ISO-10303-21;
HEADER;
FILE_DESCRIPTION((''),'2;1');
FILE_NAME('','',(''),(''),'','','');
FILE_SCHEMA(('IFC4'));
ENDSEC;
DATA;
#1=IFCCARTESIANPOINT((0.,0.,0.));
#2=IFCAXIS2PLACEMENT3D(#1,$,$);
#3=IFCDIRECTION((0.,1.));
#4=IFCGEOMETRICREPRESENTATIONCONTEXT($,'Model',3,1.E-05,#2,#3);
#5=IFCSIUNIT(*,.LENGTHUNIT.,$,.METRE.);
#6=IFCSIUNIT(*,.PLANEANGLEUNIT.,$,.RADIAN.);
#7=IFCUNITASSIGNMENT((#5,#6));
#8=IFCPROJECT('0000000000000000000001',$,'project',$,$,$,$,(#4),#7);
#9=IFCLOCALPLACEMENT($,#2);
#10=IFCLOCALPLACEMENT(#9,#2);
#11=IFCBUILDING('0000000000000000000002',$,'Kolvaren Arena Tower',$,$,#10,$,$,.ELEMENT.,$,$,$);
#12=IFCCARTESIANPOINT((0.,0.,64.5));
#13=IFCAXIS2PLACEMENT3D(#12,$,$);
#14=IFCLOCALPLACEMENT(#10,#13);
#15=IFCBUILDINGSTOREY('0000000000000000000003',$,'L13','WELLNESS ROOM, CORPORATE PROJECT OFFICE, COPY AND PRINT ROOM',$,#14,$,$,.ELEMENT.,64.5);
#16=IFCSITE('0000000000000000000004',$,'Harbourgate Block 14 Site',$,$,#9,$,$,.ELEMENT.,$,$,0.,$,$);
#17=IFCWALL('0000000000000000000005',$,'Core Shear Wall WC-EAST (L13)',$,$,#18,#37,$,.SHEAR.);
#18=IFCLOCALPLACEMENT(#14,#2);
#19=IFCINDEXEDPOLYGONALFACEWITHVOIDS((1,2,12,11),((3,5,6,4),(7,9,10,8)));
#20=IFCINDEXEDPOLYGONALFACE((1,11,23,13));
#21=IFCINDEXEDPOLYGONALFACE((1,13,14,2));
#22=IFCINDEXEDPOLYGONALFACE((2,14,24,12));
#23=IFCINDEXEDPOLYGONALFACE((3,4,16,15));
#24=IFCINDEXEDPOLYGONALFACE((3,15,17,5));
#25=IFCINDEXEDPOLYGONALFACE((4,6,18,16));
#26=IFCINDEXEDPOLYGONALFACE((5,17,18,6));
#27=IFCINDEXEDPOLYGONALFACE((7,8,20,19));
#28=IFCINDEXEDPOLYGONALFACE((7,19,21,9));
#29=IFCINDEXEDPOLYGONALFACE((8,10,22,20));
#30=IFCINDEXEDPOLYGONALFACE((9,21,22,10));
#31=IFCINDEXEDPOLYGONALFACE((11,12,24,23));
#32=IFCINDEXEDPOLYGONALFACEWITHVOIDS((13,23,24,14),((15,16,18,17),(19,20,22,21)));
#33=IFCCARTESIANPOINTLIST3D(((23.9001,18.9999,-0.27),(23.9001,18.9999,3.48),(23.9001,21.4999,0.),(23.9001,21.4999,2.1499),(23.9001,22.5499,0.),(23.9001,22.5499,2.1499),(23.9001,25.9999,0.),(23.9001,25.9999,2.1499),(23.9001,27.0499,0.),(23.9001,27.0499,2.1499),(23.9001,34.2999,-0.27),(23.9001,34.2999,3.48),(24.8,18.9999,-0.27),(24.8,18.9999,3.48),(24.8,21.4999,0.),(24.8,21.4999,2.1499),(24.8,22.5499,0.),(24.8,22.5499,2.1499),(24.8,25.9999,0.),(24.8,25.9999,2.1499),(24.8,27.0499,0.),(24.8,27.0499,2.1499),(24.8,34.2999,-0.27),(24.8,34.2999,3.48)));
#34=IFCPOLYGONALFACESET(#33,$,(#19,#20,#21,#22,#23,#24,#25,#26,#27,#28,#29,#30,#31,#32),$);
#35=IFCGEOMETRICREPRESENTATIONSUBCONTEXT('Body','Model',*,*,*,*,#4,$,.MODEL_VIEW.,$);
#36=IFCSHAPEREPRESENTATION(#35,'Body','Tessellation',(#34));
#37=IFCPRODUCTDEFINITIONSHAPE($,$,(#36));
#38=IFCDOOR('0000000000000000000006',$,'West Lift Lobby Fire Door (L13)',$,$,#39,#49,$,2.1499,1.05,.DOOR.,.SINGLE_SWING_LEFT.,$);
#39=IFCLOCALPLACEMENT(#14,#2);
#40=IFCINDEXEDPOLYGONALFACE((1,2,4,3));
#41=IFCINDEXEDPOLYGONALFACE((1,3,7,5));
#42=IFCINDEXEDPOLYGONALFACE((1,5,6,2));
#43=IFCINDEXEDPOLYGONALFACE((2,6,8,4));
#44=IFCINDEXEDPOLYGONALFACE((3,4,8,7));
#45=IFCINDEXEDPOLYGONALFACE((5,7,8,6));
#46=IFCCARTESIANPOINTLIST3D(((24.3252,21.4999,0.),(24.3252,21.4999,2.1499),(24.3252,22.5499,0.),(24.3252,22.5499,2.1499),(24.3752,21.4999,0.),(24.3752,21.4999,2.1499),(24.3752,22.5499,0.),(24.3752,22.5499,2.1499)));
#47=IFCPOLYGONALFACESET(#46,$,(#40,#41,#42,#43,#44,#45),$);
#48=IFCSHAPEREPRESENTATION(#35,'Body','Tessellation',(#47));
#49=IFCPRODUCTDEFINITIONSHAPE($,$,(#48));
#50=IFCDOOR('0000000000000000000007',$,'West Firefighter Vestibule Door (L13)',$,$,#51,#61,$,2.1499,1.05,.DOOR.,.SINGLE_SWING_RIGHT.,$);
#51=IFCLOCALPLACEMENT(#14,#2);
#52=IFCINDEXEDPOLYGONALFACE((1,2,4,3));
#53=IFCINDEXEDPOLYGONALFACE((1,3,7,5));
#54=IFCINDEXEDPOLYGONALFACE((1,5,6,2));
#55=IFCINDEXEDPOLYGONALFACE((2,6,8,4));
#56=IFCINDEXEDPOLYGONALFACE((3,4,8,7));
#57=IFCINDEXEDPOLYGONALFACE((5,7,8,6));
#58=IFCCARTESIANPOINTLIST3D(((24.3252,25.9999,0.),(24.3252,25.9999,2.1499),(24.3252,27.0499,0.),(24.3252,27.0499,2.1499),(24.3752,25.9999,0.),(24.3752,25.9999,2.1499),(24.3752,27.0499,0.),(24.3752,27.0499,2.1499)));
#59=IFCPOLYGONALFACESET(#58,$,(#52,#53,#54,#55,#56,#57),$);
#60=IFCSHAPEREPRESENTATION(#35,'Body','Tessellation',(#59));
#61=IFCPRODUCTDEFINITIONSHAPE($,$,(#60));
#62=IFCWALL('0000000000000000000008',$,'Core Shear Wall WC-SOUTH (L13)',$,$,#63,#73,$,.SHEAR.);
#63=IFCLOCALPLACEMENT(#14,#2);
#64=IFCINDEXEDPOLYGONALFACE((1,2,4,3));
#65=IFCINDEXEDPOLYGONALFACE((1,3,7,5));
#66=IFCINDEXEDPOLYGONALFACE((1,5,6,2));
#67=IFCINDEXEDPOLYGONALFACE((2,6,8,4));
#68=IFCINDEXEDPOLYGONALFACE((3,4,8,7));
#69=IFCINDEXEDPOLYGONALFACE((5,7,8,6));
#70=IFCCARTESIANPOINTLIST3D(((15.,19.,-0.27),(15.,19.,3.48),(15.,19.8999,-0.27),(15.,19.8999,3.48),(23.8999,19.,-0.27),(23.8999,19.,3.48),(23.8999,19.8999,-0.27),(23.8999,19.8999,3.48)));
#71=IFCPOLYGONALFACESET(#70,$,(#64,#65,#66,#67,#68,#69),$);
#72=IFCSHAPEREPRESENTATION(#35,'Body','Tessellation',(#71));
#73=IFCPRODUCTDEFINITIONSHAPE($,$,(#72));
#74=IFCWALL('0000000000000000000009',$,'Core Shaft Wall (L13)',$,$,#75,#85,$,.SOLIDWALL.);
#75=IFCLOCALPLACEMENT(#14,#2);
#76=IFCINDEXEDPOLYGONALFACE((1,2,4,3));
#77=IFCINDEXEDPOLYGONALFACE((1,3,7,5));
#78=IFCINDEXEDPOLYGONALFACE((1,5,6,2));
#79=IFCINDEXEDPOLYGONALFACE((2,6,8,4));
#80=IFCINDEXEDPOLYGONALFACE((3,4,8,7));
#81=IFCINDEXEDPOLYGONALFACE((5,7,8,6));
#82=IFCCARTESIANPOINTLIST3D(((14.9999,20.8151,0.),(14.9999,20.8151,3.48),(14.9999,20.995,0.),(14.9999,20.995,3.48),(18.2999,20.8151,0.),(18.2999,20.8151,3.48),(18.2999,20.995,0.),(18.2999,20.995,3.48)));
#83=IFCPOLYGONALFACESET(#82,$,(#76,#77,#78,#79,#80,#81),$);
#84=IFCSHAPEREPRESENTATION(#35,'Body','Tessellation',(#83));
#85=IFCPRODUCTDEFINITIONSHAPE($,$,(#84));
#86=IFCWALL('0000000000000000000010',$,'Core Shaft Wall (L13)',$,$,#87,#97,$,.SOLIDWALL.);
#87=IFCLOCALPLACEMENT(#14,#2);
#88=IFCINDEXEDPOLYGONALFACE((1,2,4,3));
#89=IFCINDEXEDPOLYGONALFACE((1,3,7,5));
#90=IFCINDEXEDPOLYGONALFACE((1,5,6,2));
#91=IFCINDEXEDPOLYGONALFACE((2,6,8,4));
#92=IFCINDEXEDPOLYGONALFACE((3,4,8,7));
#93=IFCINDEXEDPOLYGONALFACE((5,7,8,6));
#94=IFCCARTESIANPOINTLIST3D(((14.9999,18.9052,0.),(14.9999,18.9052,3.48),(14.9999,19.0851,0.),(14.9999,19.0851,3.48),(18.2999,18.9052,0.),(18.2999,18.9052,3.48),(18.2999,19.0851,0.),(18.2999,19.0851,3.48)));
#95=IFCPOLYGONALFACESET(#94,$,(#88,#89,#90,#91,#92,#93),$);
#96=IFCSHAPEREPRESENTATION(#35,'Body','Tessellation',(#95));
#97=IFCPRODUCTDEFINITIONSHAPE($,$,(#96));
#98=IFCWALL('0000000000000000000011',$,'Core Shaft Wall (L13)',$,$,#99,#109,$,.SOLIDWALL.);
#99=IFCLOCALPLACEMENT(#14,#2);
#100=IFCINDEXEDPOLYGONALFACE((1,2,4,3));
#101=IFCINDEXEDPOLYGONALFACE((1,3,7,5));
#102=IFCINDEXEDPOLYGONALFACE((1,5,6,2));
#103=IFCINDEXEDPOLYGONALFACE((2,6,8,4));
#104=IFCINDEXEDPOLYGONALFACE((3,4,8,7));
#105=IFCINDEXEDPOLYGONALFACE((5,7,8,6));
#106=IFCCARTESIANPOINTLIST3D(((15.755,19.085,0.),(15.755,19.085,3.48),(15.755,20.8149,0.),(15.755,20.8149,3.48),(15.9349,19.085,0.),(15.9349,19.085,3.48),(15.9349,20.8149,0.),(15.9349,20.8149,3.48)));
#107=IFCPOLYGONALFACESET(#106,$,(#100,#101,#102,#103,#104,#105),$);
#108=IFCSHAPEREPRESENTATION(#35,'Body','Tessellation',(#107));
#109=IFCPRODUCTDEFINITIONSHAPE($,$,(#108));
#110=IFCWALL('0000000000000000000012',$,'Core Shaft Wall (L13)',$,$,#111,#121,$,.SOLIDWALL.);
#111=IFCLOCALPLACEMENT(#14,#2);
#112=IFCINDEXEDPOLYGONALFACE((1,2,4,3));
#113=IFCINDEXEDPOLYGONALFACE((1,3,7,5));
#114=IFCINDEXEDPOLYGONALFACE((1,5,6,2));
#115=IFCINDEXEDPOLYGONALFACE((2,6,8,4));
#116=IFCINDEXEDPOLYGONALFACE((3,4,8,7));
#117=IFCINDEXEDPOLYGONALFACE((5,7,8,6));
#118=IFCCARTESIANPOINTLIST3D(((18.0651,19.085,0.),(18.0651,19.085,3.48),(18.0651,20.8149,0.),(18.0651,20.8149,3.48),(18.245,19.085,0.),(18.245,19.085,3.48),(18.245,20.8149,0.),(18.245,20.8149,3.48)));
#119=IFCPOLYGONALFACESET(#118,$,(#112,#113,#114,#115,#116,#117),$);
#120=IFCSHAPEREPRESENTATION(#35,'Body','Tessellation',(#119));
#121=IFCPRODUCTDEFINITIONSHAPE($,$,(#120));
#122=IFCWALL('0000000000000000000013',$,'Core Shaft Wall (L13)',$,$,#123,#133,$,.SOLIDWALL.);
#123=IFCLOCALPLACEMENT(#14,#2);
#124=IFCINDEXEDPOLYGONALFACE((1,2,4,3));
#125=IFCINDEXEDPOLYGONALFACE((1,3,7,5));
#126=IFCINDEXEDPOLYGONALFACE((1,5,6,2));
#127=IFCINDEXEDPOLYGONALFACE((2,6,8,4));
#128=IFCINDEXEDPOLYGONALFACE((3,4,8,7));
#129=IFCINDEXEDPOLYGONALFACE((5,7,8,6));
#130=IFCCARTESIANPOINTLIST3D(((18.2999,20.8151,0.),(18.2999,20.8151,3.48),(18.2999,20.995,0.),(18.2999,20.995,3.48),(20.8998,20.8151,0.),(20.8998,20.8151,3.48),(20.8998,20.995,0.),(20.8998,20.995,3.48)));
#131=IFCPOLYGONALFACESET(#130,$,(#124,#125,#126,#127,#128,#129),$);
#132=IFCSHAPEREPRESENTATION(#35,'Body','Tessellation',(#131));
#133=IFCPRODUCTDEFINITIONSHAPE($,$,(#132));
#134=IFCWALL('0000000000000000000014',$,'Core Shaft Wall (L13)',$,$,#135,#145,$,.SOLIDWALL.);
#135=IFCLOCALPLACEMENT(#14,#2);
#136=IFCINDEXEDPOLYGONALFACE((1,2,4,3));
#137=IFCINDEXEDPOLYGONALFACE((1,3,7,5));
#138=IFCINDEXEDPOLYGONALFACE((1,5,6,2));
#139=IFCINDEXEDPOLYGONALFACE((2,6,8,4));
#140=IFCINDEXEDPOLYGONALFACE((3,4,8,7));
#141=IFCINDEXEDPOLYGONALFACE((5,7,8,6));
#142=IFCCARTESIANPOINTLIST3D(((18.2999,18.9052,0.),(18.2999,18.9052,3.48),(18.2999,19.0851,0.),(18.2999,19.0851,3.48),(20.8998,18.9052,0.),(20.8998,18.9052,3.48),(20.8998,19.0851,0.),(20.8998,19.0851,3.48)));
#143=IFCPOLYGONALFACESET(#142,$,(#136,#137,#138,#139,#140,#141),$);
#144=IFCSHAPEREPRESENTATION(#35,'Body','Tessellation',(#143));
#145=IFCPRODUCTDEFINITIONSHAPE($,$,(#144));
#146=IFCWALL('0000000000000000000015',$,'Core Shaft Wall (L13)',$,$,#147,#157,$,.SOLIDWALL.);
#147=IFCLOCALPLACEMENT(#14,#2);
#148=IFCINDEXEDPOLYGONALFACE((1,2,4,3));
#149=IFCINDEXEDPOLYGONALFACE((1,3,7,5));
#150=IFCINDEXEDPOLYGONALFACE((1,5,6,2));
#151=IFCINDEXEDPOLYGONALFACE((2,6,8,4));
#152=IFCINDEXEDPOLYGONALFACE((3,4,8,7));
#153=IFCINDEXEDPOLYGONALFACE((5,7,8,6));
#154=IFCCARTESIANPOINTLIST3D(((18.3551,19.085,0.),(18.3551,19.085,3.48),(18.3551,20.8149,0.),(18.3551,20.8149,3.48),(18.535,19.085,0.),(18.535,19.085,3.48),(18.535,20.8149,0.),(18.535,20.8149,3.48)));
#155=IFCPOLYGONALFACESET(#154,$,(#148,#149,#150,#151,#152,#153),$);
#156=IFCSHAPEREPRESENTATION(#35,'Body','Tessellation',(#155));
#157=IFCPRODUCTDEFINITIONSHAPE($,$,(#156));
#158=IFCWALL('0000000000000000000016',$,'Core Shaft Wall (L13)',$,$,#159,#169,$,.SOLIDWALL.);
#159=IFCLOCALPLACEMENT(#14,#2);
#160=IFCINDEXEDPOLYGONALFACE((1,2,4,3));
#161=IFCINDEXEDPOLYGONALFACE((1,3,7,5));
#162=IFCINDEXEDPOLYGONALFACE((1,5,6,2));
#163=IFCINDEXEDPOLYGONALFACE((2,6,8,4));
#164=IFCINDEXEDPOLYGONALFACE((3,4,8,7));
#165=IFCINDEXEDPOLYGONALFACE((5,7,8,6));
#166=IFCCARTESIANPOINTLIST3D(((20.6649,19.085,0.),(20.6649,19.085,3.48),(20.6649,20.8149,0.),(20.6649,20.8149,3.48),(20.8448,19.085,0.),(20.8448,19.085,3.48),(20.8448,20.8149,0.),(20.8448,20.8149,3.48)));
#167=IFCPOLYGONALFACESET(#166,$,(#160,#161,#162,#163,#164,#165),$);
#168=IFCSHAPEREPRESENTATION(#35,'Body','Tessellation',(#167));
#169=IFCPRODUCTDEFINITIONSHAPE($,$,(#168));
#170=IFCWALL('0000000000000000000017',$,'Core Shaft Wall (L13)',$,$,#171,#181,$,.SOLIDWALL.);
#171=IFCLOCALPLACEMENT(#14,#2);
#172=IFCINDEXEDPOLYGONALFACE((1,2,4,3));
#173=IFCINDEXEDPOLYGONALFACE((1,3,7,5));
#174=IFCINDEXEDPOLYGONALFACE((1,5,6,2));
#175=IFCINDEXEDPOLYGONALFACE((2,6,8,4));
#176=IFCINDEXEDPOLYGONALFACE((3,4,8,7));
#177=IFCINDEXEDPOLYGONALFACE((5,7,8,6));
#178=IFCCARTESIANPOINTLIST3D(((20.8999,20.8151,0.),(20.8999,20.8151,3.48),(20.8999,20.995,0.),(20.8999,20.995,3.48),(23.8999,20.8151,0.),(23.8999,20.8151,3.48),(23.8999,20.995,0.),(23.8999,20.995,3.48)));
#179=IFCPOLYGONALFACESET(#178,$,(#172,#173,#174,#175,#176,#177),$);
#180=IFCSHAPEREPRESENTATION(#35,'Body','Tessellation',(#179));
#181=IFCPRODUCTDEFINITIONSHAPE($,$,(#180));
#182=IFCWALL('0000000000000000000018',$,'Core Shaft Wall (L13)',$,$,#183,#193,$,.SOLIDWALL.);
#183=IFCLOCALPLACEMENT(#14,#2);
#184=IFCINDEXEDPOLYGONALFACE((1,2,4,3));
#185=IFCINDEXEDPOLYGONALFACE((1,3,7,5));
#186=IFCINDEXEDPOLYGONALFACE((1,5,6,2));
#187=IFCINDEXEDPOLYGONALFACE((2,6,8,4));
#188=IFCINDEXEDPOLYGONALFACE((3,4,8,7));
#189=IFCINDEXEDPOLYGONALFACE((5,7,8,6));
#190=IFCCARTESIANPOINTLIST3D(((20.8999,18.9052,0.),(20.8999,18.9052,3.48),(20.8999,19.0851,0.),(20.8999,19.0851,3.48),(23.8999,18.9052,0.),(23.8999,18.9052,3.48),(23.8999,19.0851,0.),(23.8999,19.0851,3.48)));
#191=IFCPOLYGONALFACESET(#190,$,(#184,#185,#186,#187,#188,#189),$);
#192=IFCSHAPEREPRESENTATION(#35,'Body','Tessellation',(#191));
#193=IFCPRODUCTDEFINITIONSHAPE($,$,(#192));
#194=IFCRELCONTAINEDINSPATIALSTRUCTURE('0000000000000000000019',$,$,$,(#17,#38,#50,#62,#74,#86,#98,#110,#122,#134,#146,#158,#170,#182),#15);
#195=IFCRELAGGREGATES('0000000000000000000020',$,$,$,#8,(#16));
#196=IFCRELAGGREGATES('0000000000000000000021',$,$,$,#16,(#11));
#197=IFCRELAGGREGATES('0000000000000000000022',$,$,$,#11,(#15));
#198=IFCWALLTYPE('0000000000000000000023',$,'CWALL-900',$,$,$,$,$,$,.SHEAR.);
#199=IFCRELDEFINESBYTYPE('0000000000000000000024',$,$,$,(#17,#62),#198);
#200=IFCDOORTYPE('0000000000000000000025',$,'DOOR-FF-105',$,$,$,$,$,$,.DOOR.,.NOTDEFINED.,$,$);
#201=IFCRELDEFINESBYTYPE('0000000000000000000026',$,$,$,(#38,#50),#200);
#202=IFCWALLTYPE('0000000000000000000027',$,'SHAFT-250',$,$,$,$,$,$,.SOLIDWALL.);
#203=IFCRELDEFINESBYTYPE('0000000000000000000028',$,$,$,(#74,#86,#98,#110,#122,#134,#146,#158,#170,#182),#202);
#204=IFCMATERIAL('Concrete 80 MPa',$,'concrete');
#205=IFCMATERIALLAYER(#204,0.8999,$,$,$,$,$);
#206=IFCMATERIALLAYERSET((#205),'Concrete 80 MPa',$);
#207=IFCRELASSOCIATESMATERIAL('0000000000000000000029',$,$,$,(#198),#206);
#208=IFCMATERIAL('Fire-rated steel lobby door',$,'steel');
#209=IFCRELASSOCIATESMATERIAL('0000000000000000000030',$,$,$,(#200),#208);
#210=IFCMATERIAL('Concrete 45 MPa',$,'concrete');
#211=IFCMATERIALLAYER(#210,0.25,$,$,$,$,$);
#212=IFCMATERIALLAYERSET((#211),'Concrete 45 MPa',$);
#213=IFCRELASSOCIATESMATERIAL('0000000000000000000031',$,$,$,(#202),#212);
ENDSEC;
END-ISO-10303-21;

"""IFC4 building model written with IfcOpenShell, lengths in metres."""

from ifc_helpers import new_model, si_unit, direction, frame, frame_2d, origin, place, context, subcontext, project, spatial, rectangle, extrude, material, layer, layer_set, type_object, element, fill, save


model = new_model("IFC4")

# Units and contexts
model_context = context("Model", 3, precision=1e-05, world=origin(), true_north=direction((0.0, 1.0)))
body_context = subcontext(model_context, "Body", "Model", "MODEL_VIEW")
ifc_project = project(units=[si_unit("LENGTHUNIT", "METRE"), si_unit("PLANEANGLEUNIT", "RADIAN")], contexts=[model_context])

# Site, building, storey
site_placement = place(None, origin())
site = spatial("IfcSite", under=ifc_project, at=site_placement, Name="Harbourgate Block 14 Site", CompositionType="ELEMENT", RefElevation=0.0)
building_placement = place(site_placement, origin())
building = spatial("IfcBuilding", under=site, at=building_placement, Name="Kolvaren Arena Tower", CompositionType="ELEMENT")
storey_placement = place(building_placement, frame((0.0, 0.0, 64.5)))
storey = spatial("IfcBuildingStorey", under=building, at=storey_placement, Name="L13", Description="WELLNESS ROOM, CORPORATE PROJECT OFFICE, COPY AND PRINT ROOM", CompositionType="ELEMENT", Elevation=64.5)

# Wall, openings, doors
ifc_material_1 = material(Name="Concrete 80 MPa", Category="concrete")
ifc_layer_1 = layer(ifc_material_1, 0.8999)
ifc_layer_set_1 = layer_set([ifc_layer_1], Name="Concrete 80 MPa")
wall_type_1 = type_object("IfcWallType", Name="CWALL-900", PredefinedType="SHEAR", material=ifc_layer_set_1)
wall_1_placement = place(storey_placement, frame((24.3501, 19.0, -0.27), z_axis=(0.0, 0.0, 1.0), x_axis=(0.0, 1.0, 0.0)))
wall_1 = element("IfcWall", 1, at=wall_1_placement, inside=storey, type_object=wall_type_1, Name="Core Shear Wall WC-EAST (L13)", PredefinedType="SHEAR", context=body_context, shape_type="SweptSolid", body=[
    extrude(rectangle(XDim=15.3, YDim=0.8999, at=frame_2d((7.6499, 0.0))), origin(), (0.0, 0.0, 1.0), 3.75),
])
opening_1_placement = place(wall_1_placement, frame((2.5, 0.0, 0.27)))
opening_1 = element("IfcOpeningElement", 2, at=opening_1_placement, cuts=wall_1, PredefinedType="OPENING", context=body_context, shape_type="SweptSolid", body=[
    extrude(rectangle(XDim=1.05, YDim=2.1499, at=frame_2d((0.5249, 1.075))), frame((0.0, 0.46, 0.0), z_axis=(0.0, -1.0, 0.0), x_axis=(1.0, 0.0, 0.0)), (0.0, 0.0, 1.0), 0.9199),
])
opening_2_placement = place(wall_1_placement, frame((7.0, 0.0, 0.27)))
opening_2 = element("IfcOpeningElement", 3, at=opening_2_placement, cuts=wall_1, PredefinedType="OPENING", context=body_context, shape_type="SweptSolid", body=[
    extrude(rectangle(XDim=1.05, YDim=2.1499, at=frame_2d((0.5249, 1.075))), frame((0.0, 0.46, 0.0), z_axis=(0.0, -1.0, 0.0), x_axis=(1.0, 0.0, 0.0)), (0.0, 0.0, 1.0), 0.9199),
])
ifc_material_2 = material(Name="Fire-rated steel lobby door", Category="steel")
door_type = type_object("IfcDoorType", Name="DOOR-FF-105", OperationType="NOTDEFINED", PredefinedType="DOOR", material=ifc_material_2)
door_1_placement = place(opening_1_placement, origin())
door_1 = element("IfcDoor", 4, at=door_1_placement, inside=storey, type_object=door_type, Name="West Lift Lobby Fire Door (L13)", OperationType="SINGLE_SWING_LEFT", OverallHeight=2.1499, OverallWidth=1.05, PredefinedType="DOOR", context=body_context, shape_type="SweptSolid", body=[
    extrude(rectangle(XDim=1.05, YDim=2.1499, at=frame_2d((0.5249, 1.075))), frame((0.0, 0.0249, 0.0), z_axis=(0.0, -1.0, 0.0), x_axis=(1.0, 0.0, 0.0)), (0.0, 0.0, 1.0), 0.05),
])
fill(opening_1, door_1)
door_2_placement = place(opening_2_placement, origin())
door_2 = element("IfcDoor", 5, at=door_2_placement, inside=storey, type_object=door_type, Name="West Firefighter Vestibule Door (L13)", OperationType="SINGLE_SWING_RIGHT", OverallHeight=2.1499, OverallWidth=1.05, PredefinedType="DOOR", context=body_context, shape_type="SweptSolid", body=[
    extrude(rectangle(XDim=1.05, YDim=2.1499, at=frame_2d((0.5249, 1.075))), frame((0.0, 0.0249, 0.0), z_axis=(0.0, -1.0, 0.0), x_axis=(1.0, 0.0, 0.0)), (0.0, 0.0, 1.0), 0.05),
])
fill(opening_2, door_2)

# Walls
wall_2_placement = place(storey_placement, frame((15.0, 19.45, -0.27), z_axis=(0.0, 0.0, 1.0), x_axis=(1.0, 0.0, 0.0)))
element("IfcWall", 6, at=wall_2_placement, inside=storey, type_object=wall_type_1, Name="Core Shear Wall WC-SOUTH (L13)", PredefinedType="SHEAR", context=body_context, shape_type="SweptSolid", body=[
    extrude(rectangle(XDim=8.8999, YDim=0.8999, at=frame_2d((4.45, 0.0))), origin(), (0.0, 0.0, 1.0), 3.75),
])
ifc_material_3 = material(Name="Concrete 45 MPa", Category="concrete")
ifc_layer_2 = layer(ifc_material_3, 0.25)
ifc_layer_set_2 = layer_set([ifc_layer_2], Name="Concrete 45 MPa")
wall_type_2 = type_object("IfcWallType", Name="SHAFT-250", PredefinedType="SOLIDWALL", material=ifc_layer_set_2)
for number, where, z_axis, x_axis, name in (
    (7, (15.0, 20.905, 0.0), (0.0, 0.0, 1.0), (1.0, 0.0, 0.0), "Core Shaft Wall (L13)"),
    (8, (15.0, 18.9951, 0.0), (0.0, 0.0, 1.0), (1.0, 0.0, 0.0), "Core Shaft Wall (L13)"),
):
    element("IfcWall", number, at=place(storey_placement, frame(where, z_axis=z_axis, x_axis=x_axis)), inside=storey, type_object=wall_type_2, Name=name, PredefinedType="SOLIDWALL", context=body_context, shape_type="SweptSolid", body=[
        extrude(rectangle(XDim=3.3, YDim=0.1799, at=frame_2d((1.6499, 0.0))), origin(), (0.0, 0.0, 1.0), 3.48),
    ])
for number, where, z_axis, x_axis, name in (
    (9, (15.845, 19.085, 0.0), (0.0, 0.0, 1.0), (0.0, 1.0, 0.0), "Core Shaft Wall (L13)"),
    (10, (18.155, 19.085, 0.0), (0.0, 0.0, 1.0), (0.0, 1.0, 0.0), "Core Shaft Wall (L13)"),
):
    element("IfcWall", number, at=place(storey_placement, frame(where, z_axis=z_axis, x_axis=x_axis)), inside=storey, type_object=wall_type_2, Name=name, PredefinedType="SOLIDWALL", context=body_context, shape_type="SweptSolid", body=[
        extrude(rectangle(XDim=1.73, YDim=0.1799, at=frame_2d((0.865, 0.0))), origin(), (0.0, 0.0, 1.0), 3.48),
    ])
for number, where, z_axis, x_axis, name in (
    (11, (18.3, 20.905, 0.0), (0.0, 0.0, 1.0), (1.0, 0.0, 0.0), "Core Shaft Wall (L13)"),
    (12, (18.3, 18.9951, 0.0), (0.0, 0.0, 1.0), (1.0, 0.0, 0.0), "Core Shaft Wall (L13)"),
):
    element("IfcWall", number, at=place(storey_placement, frame(where, z_axis=z_axis, x_axis=x_axis)), inside=storey, type_object=wall_type_2, Name=name, PredefinedType="SOLIDWALL", context=body_context, shape_type="SweptSolid", body=[
        extrude(rectangle(XDim=2.5999, YDim=0.1799, at=frame_2d((1.2998, 0.0))), origin(), (0.0, 0.0, 1.0), 3.48),
    ])
for number, where, z_axis, x_axis, name in (
    (13, (18.4451, 19.085, 0.0), (0.0, 0.0, 1.0), (0.0, 1.0, 0.0), "Core Shaft Wall (L13)"),
    (14, (20.7549, 19.085, 0.0), (0.0, 0.0, 1.0), (0.0, 1.0, 0.0), "Core Shaft Wall (L13)"),
):
    element("IfcWall", number, at=place(storey_placement, frame(where, z_axis=z_axis, x_axis=x_axis)), inside=storey, type_object=wall_type_2, Name=name, PredefinedType="SOLIDWALL", context=body_context, shape_type="SweptSolid", body=[
        extrude(rectangle(XDim=1.73, YDim=0.1799, at=frame_2d((0.865, 0.0))), origin(), (0.0, 0.0, 1.0), 3.48),
    ])
for number, where, z_axis, x_axis, name in (
    (15, (20.8999, 20.905, 0.0), (0.0, 0.0, 1.0), (1.0, 0.0, 0.0), "Core Shaft Wall (L13)"),
    (16, (20.8999, 18.9951, 0.0), (0.0, 0.0, 1.0), (1.0, 0.0, 0.0), "Core Shaft Wall (L13)"),
):
    element("IfcWall", number, at=place(storey_placement, frame(where, z_axis=z_axis, x_axis=x_axis)), inside=storey, type_object=wall_type_2, Name=name, PredefinedType="SOLIDWALL", context=body_context, shape_type="SweptSolid", body=[
        extrude(rectangle(XDim=3.0, YDim=0.1799, at=frame_2d((1.5, 0.0))), origin(), (0.0, 0.0, 1.0), 3.48),
    ])

save(model, "model.ifc")
